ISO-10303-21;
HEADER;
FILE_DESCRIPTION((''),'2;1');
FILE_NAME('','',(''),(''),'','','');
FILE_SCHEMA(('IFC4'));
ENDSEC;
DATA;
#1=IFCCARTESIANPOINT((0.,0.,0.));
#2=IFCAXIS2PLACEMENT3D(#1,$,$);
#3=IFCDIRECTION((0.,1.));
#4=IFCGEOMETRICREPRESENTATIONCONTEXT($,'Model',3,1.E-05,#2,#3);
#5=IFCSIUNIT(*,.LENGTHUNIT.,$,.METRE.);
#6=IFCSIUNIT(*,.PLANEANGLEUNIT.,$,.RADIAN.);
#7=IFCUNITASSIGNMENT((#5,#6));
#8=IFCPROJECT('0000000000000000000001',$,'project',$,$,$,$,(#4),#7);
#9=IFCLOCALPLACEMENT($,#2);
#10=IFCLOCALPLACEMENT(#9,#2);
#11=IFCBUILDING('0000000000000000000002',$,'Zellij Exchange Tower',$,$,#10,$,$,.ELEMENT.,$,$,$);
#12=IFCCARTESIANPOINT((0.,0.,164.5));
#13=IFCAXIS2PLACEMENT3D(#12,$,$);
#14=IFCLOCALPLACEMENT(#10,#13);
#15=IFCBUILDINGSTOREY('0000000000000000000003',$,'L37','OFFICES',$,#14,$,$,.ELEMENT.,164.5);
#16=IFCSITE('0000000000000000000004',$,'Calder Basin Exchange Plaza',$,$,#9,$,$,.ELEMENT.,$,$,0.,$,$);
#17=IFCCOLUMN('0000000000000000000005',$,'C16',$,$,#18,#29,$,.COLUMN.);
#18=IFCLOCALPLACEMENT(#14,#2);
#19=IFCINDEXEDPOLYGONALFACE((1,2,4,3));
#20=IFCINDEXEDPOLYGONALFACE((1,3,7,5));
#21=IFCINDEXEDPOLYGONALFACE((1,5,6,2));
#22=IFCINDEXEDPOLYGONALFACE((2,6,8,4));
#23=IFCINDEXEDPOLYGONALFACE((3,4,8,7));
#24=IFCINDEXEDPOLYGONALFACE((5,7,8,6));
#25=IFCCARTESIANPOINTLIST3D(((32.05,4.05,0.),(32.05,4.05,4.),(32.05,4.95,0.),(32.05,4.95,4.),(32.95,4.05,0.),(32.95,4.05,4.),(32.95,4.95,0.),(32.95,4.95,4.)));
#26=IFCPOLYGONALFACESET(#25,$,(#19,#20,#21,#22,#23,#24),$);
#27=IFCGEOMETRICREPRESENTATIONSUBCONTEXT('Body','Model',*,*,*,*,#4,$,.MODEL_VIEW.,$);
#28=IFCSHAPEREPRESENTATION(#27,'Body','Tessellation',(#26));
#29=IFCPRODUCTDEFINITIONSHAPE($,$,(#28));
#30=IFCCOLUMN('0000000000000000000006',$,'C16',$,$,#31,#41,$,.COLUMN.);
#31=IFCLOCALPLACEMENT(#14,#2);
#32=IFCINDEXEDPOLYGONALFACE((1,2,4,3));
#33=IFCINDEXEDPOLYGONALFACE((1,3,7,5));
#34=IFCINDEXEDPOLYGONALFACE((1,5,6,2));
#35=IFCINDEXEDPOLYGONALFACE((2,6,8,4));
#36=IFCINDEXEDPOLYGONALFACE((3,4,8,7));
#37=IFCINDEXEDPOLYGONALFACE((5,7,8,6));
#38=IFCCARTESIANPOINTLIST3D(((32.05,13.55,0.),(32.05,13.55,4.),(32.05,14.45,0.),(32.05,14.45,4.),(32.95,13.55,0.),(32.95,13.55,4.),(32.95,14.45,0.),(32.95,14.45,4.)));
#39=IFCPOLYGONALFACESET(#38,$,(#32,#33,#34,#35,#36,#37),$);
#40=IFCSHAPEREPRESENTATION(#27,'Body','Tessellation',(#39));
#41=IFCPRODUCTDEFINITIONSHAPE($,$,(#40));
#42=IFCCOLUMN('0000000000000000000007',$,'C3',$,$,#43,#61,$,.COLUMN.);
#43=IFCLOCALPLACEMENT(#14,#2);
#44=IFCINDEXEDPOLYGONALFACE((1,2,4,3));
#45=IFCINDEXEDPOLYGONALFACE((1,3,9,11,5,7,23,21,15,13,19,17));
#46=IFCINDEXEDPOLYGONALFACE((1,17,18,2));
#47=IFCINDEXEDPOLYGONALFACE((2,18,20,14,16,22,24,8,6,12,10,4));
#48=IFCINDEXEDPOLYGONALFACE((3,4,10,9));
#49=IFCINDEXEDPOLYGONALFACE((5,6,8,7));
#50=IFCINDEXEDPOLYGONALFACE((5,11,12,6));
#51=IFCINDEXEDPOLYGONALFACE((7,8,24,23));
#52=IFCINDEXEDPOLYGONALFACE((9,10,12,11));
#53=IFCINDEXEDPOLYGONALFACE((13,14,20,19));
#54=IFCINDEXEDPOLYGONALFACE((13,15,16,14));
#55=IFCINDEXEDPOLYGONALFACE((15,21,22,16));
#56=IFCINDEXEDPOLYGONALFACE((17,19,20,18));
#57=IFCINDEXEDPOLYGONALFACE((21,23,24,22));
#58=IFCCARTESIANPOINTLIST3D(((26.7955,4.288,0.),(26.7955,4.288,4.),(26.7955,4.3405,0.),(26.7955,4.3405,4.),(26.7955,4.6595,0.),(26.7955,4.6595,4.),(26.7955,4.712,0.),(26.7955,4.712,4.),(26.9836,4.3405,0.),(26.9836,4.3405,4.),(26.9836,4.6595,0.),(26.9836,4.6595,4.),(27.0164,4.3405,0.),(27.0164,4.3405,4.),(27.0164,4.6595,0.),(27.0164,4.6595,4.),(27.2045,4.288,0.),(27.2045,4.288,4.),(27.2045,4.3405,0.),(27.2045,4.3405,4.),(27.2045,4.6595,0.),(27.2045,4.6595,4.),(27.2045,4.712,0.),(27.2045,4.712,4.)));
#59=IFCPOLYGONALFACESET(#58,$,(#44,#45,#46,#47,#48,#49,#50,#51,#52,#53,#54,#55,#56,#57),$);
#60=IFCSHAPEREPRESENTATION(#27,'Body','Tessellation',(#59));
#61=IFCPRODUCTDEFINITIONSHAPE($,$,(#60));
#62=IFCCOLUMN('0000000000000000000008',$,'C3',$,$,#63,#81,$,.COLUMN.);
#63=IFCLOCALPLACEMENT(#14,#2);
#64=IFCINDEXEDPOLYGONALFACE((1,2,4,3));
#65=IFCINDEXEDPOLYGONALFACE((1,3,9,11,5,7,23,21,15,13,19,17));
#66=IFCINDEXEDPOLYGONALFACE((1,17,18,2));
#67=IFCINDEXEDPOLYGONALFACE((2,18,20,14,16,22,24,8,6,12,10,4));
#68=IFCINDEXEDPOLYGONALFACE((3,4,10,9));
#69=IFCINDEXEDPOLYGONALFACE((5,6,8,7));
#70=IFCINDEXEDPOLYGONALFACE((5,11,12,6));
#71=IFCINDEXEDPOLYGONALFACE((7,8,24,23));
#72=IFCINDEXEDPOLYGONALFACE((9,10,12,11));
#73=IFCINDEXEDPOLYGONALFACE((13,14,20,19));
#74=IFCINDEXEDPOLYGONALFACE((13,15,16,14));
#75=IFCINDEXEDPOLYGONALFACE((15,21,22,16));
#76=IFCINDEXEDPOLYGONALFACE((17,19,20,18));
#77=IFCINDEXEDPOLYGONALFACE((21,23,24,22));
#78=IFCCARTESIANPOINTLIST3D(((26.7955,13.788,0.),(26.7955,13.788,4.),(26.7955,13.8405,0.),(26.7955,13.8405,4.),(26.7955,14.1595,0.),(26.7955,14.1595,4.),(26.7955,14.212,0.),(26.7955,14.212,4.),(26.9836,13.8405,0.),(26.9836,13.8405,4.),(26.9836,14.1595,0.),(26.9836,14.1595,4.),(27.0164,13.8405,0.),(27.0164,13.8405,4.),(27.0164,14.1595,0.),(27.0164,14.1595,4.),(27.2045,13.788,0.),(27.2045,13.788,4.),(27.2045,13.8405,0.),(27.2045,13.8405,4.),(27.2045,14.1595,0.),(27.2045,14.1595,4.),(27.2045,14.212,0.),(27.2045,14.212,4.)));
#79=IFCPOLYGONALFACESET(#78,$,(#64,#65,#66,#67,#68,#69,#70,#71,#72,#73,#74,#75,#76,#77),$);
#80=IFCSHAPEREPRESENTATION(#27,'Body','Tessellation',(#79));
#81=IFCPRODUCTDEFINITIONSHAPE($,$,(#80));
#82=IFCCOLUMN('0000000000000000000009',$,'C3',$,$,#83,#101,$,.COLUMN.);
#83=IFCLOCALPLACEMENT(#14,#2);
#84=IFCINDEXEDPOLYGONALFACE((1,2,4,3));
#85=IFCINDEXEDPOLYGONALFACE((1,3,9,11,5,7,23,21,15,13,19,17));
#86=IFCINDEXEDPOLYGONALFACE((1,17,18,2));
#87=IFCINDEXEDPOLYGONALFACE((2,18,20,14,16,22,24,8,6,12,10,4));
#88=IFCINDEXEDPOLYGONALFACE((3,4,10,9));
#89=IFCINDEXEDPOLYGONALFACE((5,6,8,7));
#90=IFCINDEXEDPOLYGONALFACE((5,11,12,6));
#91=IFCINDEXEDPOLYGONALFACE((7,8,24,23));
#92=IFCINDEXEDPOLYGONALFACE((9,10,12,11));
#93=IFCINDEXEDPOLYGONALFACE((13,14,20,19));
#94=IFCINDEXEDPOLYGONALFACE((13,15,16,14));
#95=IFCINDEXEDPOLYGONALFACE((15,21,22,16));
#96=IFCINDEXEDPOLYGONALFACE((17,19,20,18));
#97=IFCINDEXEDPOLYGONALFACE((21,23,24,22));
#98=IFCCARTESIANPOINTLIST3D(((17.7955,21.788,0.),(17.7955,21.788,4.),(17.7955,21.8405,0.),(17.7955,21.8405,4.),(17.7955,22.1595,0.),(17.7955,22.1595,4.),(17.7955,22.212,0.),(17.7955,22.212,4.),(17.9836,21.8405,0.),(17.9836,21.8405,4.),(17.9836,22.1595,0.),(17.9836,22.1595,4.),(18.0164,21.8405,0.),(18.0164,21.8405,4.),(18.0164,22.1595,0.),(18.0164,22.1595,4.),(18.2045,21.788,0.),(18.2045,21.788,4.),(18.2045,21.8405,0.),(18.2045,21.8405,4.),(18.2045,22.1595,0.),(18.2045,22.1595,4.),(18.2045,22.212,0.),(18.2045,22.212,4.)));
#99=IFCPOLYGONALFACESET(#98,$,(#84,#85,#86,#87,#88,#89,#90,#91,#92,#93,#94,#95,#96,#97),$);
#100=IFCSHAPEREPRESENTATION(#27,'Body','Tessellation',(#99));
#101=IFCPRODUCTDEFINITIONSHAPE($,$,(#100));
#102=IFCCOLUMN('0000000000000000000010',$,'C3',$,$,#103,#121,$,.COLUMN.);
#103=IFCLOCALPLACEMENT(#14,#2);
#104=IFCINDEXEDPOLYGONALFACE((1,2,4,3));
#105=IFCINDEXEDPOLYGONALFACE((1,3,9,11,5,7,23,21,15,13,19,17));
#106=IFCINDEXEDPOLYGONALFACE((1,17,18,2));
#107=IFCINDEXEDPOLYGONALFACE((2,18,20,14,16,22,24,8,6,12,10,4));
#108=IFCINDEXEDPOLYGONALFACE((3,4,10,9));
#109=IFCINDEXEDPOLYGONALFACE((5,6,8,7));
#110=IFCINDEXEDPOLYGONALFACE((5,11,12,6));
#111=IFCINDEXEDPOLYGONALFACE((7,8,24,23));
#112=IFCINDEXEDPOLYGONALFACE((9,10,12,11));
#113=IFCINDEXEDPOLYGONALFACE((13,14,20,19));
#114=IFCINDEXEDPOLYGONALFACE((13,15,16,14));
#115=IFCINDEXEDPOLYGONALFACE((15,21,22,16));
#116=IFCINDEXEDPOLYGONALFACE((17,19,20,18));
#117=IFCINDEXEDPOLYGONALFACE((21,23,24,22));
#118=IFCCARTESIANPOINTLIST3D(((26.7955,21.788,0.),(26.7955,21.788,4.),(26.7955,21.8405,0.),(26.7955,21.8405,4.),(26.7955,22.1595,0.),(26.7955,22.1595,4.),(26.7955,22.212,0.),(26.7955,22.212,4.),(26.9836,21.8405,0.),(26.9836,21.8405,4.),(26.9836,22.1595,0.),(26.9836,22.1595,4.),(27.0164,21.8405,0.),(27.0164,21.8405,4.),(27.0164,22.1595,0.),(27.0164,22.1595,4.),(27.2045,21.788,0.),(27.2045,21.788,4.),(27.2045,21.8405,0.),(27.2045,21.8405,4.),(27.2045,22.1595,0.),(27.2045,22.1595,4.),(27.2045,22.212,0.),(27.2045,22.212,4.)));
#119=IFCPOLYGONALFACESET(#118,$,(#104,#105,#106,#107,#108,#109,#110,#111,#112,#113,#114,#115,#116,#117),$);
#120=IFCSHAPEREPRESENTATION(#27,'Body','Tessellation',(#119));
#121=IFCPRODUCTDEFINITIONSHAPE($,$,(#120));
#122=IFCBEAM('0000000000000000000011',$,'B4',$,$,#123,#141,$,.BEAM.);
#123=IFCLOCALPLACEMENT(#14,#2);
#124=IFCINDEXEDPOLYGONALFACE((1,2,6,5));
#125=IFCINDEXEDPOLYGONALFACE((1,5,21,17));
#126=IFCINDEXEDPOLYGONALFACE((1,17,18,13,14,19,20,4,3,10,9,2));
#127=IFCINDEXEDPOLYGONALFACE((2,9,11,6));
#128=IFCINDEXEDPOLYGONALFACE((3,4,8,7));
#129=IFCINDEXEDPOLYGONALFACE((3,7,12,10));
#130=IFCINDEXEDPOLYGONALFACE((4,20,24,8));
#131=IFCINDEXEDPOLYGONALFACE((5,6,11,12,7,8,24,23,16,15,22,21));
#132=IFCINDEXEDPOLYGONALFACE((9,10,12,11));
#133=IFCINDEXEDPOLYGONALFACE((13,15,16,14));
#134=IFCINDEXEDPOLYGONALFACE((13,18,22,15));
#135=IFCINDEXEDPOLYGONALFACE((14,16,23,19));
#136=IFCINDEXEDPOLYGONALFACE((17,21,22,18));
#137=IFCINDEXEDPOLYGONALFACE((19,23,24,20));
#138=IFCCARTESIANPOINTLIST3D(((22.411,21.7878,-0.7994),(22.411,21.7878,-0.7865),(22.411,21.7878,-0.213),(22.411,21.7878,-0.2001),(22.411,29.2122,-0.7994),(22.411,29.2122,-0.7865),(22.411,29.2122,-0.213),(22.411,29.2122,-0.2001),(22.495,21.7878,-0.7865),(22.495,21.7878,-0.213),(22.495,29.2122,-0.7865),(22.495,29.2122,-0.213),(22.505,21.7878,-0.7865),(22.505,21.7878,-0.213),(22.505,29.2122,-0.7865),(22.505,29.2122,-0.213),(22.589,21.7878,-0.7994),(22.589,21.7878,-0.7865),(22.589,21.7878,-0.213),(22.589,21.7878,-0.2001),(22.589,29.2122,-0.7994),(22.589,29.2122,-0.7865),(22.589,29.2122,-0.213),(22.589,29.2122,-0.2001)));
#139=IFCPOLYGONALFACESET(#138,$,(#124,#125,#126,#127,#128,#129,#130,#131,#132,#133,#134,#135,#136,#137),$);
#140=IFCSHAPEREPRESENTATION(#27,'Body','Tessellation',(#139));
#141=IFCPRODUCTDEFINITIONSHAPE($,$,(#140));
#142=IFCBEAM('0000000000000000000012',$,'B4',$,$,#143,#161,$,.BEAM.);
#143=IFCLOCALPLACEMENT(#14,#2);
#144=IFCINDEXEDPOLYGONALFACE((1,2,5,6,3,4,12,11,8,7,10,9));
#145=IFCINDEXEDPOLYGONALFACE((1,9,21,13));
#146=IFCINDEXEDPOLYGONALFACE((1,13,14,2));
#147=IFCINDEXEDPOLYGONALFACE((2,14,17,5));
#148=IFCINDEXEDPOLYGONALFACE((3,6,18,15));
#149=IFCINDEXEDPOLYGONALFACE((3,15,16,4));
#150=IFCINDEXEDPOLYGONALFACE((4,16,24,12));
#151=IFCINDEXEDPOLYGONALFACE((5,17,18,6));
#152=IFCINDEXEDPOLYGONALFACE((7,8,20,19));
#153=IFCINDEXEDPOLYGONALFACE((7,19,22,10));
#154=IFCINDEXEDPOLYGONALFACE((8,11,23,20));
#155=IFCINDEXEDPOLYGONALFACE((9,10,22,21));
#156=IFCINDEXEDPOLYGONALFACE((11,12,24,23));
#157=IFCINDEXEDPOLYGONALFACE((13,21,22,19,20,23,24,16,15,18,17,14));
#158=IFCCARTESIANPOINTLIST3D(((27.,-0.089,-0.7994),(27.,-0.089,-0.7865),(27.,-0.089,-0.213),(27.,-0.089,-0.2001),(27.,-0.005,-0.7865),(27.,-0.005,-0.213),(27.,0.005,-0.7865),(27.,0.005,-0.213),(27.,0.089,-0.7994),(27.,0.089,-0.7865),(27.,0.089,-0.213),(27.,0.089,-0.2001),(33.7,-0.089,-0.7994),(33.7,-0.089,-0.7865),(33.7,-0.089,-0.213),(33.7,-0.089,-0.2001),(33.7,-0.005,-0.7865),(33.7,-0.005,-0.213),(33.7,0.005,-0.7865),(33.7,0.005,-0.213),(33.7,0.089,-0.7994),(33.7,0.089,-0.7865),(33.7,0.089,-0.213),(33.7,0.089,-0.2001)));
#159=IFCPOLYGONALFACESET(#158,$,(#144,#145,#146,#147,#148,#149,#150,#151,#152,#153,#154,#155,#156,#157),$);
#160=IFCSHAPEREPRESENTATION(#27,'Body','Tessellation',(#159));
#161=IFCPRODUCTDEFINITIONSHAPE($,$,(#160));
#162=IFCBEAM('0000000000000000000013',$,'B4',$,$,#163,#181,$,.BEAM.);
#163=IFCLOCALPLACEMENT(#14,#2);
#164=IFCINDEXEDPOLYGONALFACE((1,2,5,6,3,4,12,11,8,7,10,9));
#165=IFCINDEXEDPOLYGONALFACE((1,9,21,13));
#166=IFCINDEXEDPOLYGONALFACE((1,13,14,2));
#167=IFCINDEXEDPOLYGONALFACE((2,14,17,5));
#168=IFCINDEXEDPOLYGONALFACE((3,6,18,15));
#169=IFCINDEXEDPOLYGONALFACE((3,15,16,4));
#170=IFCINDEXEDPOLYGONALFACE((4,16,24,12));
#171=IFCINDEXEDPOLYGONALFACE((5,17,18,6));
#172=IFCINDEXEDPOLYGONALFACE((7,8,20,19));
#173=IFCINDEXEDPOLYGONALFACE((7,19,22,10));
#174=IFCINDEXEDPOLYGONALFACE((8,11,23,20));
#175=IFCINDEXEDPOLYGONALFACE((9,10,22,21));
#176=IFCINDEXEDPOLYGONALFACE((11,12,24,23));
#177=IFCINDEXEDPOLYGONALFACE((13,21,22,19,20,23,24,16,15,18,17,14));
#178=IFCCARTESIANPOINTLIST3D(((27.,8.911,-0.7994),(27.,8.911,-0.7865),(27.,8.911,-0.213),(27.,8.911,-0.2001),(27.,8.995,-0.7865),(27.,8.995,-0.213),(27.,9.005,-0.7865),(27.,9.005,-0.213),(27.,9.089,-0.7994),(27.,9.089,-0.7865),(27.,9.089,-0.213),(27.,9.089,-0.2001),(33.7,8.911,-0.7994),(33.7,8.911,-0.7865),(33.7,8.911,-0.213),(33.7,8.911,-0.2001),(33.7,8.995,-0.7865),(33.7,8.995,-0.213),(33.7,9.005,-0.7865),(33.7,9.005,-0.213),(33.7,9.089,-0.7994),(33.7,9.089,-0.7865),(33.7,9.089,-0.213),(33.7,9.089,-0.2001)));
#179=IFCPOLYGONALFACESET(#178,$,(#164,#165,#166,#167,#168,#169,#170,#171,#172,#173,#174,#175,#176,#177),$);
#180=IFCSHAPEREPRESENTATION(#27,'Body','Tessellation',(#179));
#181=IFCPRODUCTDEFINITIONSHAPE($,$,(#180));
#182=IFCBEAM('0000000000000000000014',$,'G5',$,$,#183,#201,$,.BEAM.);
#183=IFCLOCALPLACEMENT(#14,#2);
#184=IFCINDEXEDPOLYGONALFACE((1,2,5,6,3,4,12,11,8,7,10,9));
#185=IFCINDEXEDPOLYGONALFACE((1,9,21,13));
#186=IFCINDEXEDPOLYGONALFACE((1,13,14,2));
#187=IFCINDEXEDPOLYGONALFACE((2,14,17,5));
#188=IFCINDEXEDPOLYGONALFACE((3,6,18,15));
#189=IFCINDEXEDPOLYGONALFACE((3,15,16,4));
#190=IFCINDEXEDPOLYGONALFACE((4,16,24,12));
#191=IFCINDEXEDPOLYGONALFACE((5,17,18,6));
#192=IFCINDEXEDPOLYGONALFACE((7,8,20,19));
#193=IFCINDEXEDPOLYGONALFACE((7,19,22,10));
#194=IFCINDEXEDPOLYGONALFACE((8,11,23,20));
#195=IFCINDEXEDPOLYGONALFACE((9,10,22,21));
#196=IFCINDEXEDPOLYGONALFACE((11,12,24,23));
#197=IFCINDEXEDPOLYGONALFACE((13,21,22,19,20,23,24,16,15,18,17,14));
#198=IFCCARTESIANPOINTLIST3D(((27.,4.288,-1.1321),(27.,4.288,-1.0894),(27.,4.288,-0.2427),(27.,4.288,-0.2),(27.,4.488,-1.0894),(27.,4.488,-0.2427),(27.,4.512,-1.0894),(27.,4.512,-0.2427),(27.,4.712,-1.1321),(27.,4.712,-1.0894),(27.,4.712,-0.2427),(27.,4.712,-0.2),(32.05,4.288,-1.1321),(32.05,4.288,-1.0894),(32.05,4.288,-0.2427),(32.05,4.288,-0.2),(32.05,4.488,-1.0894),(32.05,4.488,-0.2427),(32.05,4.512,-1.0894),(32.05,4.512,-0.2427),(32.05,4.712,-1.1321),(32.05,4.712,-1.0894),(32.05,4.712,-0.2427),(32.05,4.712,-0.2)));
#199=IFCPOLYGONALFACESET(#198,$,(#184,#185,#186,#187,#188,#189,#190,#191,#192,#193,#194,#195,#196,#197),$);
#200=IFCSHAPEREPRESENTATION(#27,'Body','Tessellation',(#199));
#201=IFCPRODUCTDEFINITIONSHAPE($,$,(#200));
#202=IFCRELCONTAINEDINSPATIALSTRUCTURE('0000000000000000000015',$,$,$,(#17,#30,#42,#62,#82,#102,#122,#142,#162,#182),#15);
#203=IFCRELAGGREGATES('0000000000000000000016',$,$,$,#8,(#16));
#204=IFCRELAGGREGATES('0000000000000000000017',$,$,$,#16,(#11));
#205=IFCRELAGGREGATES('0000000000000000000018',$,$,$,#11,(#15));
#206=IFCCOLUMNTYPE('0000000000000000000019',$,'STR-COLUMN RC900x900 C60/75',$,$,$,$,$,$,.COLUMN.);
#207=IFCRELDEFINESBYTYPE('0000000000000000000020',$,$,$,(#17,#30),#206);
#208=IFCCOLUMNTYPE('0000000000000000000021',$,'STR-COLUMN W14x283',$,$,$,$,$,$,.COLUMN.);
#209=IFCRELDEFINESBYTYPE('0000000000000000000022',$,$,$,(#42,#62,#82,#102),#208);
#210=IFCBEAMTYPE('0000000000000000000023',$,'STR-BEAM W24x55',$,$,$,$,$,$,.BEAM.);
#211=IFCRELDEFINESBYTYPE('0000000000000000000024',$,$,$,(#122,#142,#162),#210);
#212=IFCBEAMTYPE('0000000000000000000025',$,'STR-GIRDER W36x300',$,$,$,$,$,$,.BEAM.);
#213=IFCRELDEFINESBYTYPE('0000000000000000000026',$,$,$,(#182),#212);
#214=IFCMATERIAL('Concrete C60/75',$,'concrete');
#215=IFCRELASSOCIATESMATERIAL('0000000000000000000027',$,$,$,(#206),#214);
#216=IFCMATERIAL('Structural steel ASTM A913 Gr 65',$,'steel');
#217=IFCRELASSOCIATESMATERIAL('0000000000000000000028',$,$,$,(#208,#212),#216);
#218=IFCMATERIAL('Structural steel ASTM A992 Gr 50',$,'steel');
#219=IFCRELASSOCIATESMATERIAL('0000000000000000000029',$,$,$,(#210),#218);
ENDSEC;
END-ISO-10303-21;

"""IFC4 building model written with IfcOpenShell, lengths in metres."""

from ifc_helpers import new_model, si_unit, direction, frame, origin, origin_2d, place, context, subcontext, project, spatial, rectangle, i_section, extrude, material, material_profile, profile_set, type_object, element, save


model = new_model("IFC4")

# Units and contexts
model_context = context("Model", 3, precision=1e-05, world=origin(), true_north=direction((0.0, 1.0)))
body_context = subcontext(model_context, "Body", "Model", "MODEL_VIEW")
ifc_project = project(units=[si_unit("LENGTHUNIT", "METRE"), si_unit("PLANEANGLEUNIT", "RADIAN")], contexts=[model_context])

# Site, building, storey
site_placement = place(None, origin())
site = spatial("IfcSite", under=ifc_project, at=site_placement, Name="Calder Basin Exchange Plaza", CompositionType="ELEMENT", RefElevation=0.0)
building_placement = place(site_placement, origin())
building = spatial("IfcBuilding", under=site, at=building_placement, Name="Zellij Exchange Tower", CompositionType="ELEMENT")
storey_placement = place(building_placement, frame((0.0, 0.0, 164.5)))
storey = spatial("IfcBuildingStorey", under=building, at=storey_placement, Name="L37", Description="OFFICES", CompositionType="ELEMENT", Elevation=164.5)

# Columns
ifc_material_1 = material(Name="Concrete C60/75", Category="concrete")
ifc_material_profile_1 = material_profile(ifc_material_1, rectangle(XDim=0.8999, YDim=0.8999, at=origin_2d()), Name="STR-COLUMN RC900x900 C60/75")
ifc_profile_set_1 = profile_set([ifc_material_profile_1], Name="Concrete C60/75")
column_type_1 = type_object("IfcColumnType", Name="STR-COLUMN RC900x900 C60/75", PredefinedType="COLUMN", material=ifc_profile_set_1)
for number, where, z_axis, x_axis, name in (
    (1, (32.5, 4.5, 0.0), (0.0, 0.0, 1.0), (1.0, 0.0, 0.0), "C16"),
    (2, (32.5, 14.0, 0.0), (0.0, 0.0, 1.0), (1.0, 0.0, 0.0), "C16"),
):
    element("IfcColumn", number, at=place(storey_placement, frame(where, z_axis=z_axis, x_axis=x_axis)), inside=storey, type_object=column_type_1, Name=name, PredefinedType="COLUMN", context=body_context, shape_type="SweptSolid", body=[
        extrude(rectangle(XDim=0.8999, YDim=0.8999, at=origin_2d()), origin(), (0.0, 0.0, 1.0), 4.0),
    ])
ifc_material_2 = material(Name="Structural steel ASTM A913 Gr 65", Category="steel")
ifc_material_profile_2 = material_profile(ifc_material_2, i_section(OverallWidth=0.4089, OverallDepth=0.4241, WebThickness=0.0327, FlangeThickness=0.0525, at=origin_2d()), Name="W14x283")
ifc_profile_set_2 = profile_set([ifc_material_profile_2], Name="Structural steel ASTM A913 Gr 65")
column_type_2 = type_object("IfcColumnType", Name="STR-COLUMN W14x283", PredefinedType="COLUMN", material=ifc_profile_set_2)
for number, where, z_axis, x_axis, name in (
    (3, (27.0, 4.5, 0.0), (0.0, 0.0, 1.0), (1.0, 0.0, 0.0), "C3"),
    (4, (27.0, 14.0, 0.0), (0.0, 0.0, 1.0), (1.0, 0.0, 0.0), "C3"),
    (5, (18.0, 22.0, 0.0), (0.0, 0.0, 1.0), (1.0, 0.0, 0.0), "C3"),
    (6, (27.0, 22.0, 0.0), (0.0, 0.0, 1.0), (1.0, 0.0, 0.0), "C3"),
):
    element("IfcColumn", number, at=place(storey_placement, frame(where, z_axis=z_axis, x_axis=x_axis)), inside=storey, type_object=column_type_2, Name=name, PredefinedType="COLUMN", context=body_context, shape_type="SweptSolid", body=[
        extrude(i_section(OverallWidth=0.4089, OverallDepth=0.4241, WebThickness=0.0327, FlangeThickness=0.0525, at=origin_2d()), origin(), (0.0, 0.0, 1.0), 4.0),
    ])

# Beams
ifc_material_3 = material(Name="Structural steel ASTM A992 Gr 50", Category="steel")
ifc_material_profile_3 = material_profile(ifc_material_3, i_section(OverallWidth=0.178, OverallDepth=0.5994, WebThickness=0.01, FlangeThickness=0.0129, at=origin_2d()), Name="W24x55")
ifc_profile_set_3 = profile_set([ifc_material_profile_3], Name="Structural steel ASTM A992 Gr 50")
beam_type_1 = type_object("IfcBeamType", Name="STR-BEAM W24x55", PredefinedType="BEAM", material=ifc_profile_set_3)
beam_1_placement = place(storey_placement, frame((22.5, 21.7878, -0.4998), z_axis=(0.0, 1.0, 0.0), x_axis=(-1.0, 0.0, 0.0)))
element("IfcBeam", 7, at=beam_1_placement, inside=storey, type_object=beam_type_1, Name="B4", PredefinedType="BEAM", context=body_context, shape_type="SweptSolid", body=[
    extrude(i_section(OverallWidth=0.178, OverallDepth=0.5994, WebThickness=0.01, FlangeThickness=0.0129, at=origin_2d()), origin(), (0.0, 0.0, 1.0), 7.4243),
])
for number, where, z_axis, x_axis, name in (
    (8, (27.0, 0.0, -0.4998), (1.0, 0.0, 0.0), (0.0, 1.0, 0.0), "B4"),
    (9, (27.0, 9.0, -0.4998), (1.0, 0.0, 0.0), (0.0, 1.0, 0.0), "B4"),
):
    element("IfcBeam", number, at=place(storey_placement, frame(where, z_axis=z_axis, x_axis=x_axis)), inside=storey, type_object=beam_type_1, Name=name, PredefinedType="BEAM", context=body_context, shape_type="SweptSolid", body=[
        extrude(i_section(OverallWidth=0.178, OverallDepth=0.5994, WebThickness=0.01, FlangeThickness=0.0129, at=origin_2d()), origin(), (0.0, 0.0, 1.0), 6.7),
    ])
ifc_material_profile_4 = material_profile(ifc_material_2, i_section(OverallWidth=0.4241, OverallDepth=0.9321, WebThickness=0.0239, FlangeThickness=0.0427, at=origin_2d()), Name="W36x300")
ifc_profile_set_4 = profile_set([ifc_material_profile_4], Name="Structural steel ASTM A913 Gr 65")
beam_type_2 = type_object("IfcBeamType", Name="STR-GIRDER W36x300", PredefinedType="BEAM", material=ifc_profile_set_4)
beam_2_placement = place(storey_placement, frame((27.0, 4.5, -0.666), z_axis=(1.0, 0.0, 0.0), x_axis=(0.0, 1.0, 0.0)))
element("IfcBeam", 10, at=beam_2_placement, inside=storey, type_object=beam_type_2, Name="G5", PredefinedType="BEAM", context=body_context, shape_type="SweptSolid", body=[
    extrude(i_section(OverallWidth=0.4241, OverallDepth=0.9321, WebThickness=0.0239, FlangeThickness=0.0427, at=origin_2d()), origin(), (0.0, 0.0, 1.0), 5.05),
])

save(model, "model.ifc")
